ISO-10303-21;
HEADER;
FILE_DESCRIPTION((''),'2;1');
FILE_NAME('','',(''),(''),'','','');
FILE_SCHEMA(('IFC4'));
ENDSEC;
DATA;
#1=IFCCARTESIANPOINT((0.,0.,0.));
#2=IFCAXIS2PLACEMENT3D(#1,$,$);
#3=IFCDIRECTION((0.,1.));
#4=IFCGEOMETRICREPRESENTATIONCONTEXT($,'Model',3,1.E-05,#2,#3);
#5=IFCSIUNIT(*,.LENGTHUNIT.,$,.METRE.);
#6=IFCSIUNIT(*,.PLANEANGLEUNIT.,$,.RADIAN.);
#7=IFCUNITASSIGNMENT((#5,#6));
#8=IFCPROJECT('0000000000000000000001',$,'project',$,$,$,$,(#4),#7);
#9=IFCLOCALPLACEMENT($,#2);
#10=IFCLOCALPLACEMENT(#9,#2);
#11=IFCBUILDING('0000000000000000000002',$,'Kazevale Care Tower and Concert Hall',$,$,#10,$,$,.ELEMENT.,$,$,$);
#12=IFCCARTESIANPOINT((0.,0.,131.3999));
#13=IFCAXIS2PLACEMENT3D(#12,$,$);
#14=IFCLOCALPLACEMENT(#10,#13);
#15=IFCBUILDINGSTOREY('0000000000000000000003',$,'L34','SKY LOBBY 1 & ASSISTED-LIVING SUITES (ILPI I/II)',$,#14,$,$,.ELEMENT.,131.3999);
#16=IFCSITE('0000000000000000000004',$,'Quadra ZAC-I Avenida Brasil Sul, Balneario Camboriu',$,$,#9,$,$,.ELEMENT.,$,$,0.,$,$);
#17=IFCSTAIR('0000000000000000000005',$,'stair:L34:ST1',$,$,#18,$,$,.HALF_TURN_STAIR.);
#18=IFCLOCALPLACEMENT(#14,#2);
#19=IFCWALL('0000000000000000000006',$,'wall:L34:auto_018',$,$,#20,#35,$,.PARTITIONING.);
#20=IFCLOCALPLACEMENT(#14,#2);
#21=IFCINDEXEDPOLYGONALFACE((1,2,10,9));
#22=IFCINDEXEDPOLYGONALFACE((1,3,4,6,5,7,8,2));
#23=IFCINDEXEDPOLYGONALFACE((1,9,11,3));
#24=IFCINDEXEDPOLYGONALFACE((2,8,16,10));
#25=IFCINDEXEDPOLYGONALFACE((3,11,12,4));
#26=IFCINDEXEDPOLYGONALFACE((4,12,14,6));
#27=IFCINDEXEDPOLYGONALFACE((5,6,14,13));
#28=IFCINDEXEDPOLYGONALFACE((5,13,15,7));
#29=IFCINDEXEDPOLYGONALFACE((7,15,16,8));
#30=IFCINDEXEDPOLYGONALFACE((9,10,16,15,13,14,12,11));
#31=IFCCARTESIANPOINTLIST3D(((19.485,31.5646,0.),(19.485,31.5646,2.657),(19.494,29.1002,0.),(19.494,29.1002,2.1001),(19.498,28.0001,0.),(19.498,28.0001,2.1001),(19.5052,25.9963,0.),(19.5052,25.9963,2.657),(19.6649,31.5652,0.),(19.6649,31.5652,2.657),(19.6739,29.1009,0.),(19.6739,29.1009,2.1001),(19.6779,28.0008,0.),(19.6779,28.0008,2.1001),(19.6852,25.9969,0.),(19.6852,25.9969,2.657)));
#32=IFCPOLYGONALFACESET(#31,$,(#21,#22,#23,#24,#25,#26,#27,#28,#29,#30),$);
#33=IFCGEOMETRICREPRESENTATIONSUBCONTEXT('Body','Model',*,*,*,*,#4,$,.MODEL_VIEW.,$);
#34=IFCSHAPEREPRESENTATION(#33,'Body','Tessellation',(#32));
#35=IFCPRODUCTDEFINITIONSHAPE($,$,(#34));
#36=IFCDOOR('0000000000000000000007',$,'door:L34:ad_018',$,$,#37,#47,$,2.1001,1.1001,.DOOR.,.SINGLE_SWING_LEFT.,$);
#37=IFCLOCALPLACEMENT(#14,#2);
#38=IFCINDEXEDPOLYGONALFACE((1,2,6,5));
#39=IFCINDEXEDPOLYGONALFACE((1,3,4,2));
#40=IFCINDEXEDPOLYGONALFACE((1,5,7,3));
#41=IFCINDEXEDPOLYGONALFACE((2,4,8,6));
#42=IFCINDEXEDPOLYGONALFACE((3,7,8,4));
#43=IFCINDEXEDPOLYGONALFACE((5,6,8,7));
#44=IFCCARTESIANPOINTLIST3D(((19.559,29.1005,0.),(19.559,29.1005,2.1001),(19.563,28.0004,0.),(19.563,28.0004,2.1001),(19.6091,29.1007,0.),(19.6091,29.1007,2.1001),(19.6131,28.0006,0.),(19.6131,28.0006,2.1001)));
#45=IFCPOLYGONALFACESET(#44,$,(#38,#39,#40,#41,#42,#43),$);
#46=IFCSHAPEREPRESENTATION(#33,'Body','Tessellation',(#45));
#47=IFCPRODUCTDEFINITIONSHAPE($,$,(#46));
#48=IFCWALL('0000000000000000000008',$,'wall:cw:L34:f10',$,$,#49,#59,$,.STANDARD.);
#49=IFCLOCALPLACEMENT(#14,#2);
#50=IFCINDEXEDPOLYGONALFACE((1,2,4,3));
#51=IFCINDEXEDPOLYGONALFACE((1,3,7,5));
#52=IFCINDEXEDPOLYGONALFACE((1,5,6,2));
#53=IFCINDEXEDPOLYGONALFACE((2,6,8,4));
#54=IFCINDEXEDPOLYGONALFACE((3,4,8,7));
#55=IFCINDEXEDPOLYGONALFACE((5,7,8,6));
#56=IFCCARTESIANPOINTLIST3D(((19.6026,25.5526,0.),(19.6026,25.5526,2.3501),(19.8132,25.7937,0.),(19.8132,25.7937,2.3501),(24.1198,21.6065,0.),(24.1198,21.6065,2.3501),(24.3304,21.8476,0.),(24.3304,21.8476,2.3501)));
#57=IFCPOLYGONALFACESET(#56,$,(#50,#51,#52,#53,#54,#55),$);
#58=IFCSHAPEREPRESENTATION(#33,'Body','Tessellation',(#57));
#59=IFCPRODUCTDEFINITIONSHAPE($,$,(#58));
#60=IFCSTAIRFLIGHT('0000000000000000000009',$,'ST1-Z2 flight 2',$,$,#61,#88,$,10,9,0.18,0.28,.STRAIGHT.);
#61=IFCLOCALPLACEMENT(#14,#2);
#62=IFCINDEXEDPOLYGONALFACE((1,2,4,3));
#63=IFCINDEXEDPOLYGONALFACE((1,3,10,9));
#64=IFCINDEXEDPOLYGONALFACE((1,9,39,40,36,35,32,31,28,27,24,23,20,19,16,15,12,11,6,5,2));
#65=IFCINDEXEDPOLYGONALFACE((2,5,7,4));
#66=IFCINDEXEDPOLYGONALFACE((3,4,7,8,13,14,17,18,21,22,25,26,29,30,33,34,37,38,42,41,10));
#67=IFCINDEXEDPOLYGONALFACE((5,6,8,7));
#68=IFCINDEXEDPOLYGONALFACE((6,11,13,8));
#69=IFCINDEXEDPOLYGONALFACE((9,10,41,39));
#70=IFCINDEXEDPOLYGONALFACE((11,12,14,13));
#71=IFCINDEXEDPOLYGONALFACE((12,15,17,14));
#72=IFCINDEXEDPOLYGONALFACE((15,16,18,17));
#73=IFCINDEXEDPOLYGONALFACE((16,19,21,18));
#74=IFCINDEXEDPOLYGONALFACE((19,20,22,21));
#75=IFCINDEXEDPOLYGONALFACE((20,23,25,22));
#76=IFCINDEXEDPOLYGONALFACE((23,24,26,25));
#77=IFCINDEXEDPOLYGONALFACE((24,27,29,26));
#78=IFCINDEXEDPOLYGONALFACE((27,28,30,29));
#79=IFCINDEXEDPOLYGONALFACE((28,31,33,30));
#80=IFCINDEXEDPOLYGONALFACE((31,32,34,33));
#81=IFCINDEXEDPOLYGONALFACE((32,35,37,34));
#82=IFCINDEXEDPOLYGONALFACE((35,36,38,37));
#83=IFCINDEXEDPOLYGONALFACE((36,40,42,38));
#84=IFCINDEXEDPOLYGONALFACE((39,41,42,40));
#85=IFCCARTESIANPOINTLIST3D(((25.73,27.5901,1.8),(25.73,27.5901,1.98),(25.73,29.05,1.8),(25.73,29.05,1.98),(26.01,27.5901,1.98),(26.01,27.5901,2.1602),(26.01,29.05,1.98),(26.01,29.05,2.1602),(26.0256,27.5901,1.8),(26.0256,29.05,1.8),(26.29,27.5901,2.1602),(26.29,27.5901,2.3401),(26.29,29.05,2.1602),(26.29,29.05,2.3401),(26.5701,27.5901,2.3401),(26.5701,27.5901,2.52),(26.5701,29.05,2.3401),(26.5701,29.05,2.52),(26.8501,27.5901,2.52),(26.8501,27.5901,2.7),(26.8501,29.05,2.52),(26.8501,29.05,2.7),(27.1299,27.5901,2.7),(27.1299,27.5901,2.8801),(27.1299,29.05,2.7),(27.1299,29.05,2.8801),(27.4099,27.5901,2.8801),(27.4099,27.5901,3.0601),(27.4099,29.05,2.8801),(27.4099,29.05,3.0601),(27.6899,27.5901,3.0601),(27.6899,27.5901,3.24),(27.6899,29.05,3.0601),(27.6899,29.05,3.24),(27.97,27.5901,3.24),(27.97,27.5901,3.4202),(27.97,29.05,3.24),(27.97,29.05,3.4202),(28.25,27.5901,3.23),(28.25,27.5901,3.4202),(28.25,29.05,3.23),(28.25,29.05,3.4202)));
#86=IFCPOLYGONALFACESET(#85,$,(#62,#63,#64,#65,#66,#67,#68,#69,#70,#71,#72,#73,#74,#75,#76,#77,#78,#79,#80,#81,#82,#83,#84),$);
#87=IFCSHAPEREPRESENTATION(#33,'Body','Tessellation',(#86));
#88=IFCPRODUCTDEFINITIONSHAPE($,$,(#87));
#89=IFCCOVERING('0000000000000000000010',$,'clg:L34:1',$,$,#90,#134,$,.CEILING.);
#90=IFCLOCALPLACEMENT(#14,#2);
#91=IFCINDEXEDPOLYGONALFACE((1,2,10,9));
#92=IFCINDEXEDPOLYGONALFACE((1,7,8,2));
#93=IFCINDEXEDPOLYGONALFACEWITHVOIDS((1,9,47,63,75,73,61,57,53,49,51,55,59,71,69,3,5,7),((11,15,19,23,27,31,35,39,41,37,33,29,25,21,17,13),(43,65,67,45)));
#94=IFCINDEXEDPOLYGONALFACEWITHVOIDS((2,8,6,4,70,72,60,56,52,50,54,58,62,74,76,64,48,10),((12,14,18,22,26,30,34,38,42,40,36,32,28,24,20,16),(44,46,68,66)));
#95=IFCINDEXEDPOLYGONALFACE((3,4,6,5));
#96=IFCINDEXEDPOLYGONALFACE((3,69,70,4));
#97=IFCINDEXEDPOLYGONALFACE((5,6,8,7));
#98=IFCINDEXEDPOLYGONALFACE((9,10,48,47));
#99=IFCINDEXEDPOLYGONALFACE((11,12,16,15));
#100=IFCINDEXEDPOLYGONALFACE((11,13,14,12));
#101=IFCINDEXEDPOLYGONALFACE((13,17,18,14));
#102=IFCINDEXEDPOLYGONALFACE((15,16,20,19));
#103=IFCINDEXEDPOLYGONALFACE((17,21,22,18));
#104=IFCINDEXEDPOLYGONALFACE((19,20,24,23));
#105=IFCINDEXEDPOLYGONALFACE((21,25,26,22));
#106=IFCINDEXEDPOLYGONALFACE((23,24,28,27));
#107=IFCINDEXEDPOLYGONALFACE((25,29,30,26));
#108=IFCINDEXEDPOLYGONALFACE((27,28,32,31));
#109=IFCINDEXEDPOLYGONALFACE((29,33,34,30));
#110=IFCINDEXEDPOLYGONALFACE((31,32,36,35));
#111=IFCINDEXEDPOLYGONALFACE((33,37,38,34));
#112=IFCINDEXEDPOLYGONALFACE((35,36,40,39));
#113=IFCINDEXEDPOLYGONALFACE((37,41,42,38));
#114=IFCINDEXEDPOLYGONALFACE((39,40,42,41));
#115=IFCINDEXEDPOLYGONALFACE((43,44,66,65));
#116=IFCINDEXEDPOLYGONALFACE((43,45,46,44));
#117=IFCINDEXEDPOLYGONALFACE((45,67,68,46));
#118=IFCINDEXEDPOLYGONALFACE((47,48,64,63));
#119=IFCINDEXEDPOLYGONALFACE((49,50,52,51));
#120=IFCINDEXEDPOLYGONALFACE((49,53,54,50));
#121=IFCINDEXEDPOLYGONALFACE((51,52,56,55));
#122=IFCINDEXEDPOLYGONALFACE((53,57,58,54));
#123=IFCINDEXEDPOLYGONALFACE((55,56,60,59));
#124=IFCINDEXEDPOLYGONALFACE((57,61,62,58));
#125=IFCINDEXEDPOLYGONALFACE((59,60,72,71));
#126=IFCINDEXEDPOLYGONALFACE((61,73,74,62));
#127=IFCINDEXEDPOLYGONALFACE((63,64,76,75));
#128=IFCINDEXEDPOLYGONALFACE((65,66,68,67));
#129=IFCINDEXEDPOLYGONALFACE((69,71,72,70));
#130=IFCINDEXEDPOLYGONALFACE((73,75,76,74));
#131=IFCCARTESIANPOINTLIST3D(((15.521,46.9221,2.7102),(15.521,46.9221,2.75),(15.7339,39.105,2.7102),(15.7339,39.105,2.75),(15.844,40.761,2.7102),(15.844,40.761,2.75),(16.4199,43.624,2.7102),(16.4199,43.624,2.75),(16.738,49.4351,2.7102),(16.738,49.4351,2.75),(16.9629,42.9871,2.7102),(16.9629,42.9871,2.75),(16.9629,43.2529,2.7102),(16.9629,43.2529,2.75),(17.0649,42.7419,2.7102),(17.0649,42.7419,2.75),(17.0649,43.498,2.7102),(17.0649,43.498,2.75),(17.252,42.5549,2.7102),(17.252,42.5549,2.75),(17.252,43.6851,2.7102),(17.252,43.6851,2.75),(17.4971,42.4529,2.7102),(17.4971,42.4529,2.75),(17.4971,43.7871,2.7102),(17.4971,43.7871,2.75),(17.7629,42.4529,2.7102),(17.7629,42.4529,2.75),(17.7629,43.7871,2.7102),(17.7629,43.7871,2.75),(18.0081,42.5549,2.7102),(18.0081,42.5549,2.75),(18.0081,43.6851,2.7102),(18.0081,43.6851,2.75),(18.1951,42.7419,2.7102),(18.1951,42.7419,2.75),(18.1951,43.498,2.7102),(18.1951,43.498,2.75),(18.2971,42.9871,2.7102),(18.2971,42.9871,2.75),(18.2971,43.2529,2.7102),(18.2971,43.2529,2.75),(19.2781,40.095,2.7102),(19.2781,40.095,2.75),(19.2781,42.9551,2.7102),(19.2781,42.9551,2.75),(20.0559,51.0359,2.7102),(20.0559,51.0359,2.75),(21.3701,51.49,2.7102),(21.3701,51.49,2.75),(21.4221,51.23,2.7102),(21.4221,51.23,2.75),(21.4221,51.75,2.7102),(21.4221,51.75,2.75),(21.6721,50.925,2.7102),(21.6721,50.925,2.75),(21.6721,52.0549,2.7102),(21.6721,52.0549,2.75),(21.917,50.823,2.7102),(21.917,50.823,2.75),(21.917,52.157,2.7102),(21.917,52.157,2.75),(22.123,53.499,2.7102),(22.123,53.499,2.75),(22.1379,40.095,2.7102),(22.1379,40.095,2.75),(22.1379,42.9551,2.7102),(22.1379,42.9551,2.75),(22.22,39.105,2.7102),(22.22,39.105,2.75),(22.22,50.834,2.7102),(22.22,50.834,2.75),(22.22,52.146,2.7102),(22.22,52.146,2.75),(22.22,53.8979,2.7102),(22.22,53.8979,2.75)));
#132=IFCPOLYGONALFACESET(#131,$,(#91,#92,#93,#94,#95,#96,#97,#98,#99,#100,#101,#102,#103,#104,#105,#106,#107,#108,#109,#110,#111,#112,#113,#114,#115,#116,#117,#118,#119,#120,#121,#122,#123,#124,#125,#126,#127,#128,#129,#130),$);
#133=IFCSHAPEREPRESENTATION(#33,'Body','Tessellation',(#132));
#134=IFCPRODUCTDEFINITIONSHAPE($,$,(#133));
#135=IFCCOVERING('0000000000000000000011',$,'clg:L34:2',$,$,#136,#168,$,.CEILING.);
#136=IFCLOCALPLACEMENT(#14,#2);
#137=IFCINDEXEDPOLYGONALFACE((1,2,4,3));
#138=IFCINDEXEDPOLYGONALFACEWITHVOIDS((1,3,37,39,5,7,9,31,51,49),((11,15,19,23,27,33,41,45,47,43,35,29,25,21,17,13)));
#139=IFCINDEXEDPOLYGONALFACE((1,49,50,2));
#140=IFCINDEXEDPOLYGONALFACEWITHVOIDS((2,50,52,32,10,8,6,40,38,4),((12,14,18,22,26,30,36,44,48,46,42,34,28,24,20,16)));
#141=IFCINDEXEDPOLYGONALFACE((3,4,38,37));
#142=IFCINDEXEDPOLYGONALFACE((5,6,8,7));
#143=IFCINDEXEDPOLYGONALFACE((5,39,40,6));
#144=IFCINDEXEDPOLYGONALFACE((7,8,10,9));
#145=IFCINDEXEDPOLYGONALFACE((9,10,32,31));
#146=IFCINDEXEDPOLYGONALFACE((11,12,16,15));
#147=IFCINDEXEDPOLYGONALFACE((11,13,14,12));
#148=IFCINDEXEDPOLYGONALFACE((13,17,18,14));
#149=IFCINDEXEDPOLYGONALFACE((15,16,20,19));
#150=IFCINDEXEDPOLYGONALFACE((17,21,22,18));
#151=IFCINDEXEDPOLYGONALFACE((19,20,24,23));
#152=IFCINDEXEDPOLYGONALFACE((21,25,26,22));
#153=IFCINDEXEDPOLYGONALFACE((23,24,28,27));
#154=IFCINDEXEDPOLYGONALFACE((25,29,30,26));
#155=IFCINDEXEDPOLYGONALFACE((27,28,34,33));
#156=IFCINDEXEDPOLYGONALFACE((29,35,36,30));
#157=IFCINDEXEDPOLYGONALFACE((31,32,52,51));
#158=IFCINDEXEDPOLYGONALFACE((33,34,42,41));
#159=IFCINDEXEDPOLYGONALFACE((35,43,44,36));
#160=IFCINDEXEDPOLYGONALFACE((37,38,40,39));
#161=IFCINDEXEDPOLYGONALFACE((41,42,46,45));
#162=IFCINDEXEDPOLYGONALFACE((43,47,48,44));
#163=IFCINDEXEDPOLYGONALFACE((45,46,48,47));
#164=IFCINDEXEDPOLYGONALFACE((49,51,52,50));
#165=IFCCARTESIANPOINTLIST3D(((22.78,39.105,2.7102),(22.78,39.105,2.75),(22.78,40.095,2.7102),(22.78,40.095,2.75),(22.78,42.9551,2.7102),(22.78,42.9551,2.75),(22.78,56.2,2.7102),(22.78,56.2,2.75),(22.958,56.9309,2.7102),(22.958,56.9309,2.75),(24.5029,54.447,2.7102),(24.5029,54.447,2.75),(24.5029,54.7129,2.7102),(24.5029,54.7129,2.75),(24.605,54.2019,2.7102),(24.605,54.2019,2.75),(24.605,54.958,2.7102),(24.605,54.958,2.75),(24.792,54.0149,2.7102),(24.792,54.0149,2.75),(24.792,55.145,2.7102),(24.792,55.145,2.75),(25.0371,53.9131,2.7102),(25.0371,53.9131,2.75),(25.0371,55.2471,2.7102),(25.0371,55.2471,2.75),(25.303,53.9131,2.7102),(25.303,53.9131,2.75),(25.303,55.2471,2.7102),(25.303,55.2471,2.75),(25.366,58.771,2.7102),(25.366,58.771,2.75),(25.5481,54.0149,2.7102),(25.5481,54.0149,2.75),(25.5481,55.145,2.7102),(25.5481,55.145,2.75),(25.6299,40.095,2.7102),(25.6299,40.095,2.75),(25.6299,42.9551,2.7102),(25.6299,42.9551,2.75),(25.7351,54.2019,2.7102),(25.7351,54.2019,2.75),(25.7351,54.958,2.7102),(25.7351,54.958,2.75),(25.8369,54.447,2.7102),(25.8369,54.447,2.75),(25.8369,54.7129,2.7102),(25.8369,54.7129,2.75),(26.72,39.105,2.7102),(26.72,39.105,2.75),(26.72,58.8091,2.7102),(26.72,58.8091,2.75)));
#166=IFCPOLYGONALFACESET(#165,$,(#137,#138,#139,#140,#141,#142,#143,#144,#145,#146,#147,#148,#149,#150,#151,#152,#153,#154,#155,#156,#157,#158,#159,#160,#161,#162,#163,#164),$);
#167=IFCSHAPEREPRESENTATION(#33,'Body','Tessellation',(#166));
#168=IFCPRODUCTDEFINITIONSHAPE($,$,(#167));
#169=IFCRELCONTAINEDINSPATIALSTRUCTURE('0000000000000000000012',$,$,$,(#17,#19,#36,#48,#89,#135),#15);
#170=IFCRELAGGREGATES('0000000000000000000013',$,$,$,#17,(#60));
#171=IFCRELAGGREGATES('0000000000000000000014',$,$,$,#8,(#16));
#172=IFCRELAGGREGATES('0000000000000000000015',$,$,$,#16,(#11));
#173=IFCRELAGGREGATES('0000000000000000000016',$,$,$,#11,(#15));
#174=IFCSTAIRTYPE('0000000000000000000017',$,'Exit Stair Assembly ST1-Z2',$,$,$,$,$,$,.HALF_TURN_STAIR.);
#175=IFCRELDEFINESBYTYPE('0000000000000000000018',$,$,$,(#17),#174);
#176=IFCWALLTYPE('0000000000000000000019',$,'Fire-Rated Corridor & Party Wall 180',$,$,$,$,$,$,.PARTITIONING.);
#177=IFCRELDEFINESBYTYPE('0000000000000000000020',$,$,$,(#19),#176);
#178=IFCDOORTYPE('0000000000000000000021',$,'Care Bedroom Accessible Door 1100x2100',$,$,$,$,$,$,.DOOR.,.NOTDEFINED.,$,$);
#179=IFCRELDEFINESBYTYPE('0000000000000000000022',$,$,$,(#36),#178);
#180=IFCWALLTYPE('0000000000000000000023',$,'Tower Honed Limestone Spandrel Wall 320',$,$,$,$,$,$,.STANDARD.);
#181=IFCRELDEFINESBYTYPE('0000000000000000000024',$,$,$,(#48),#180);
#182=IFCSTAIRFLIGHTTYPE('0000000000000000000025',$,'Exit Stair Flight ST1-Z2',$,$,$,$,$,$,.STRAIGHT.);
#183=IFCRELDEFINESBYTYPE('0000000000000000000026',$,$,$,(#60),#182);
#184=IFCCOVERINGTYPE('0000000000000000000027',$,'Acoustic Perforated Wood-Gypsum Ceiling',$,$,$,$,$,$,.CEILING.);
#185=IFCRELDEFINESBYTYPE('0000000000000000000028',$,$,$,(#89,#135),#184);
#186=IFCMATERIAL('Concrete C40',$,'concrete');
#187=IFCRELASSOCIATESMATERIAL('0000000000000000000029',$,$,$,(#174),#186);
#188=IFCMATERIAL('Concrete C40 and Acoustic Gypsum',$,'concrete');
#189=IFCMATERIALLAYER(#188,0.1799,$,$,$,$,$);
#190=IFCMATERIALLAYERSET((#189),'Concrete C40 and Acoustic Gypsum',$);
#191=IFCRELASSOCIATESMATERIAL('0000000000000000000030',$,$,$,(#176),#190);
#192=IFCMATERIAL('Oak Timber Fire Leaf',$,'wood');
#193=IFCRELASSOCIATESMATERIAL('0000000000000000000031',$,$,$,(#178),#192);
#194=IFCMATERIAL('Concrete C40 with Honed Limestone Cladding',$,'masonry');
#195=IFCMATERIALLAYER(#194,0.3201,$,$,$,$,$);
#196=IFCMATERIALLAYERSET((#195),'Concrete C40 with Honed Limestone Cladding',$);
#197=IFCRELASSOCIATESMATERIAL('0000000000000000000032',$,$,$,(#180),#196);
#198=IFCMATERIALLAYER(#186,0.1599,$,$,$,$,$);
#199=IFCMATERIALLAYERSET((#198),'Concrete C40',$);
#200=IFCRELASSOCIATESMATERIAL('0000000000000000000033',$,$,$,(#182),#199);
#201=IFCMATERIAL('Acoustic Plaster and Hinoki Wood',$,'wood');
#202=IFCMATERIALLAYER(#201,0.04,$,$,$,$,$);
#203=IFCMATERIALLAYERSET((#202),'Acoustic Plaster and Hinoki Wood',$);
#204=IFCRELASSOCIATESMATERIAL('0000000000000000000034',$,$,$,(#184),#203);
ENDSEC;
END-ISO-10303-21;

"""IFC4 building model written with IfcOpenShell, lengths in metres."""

from ifc_helpers import new_model, si_unit, direction, frame, frame_2d, origin, place, context, subcontext, project, spatial, polyline, rectangle, outline, extrude, material, layer, layer_set, type_object, element, fill, aggregate, save


model = new_model("IFC4")

# Units and contexts
model_context = context("Model", 3, precision=1e-05, world=origin(), true_north=direction((0.0, 1.0)))
body_context = subcontext(model_context, "Body", "Model", "MODEL_VIEW")
ifc_project = project(units=[si_unit("LENGTHUNIT", "METRE"), si_unit("PLANEANGLEUNIT", "RADIAN")], contexts=[model_context])

# Site, building, storey
site_placement = place(None, origin())
site = spatial("IfcSite", under=ifc_project, at=site_placement, Name="Quadra ZAC-I Avenida Brasil Sul, Balneario Camboriu", CompositionType="ELEMENT", RefElevation=0.0)
building_placement = place(site_placement, origin())
building = spatial("IfcBuilding", under=site, at=building_placement, Name="Kazevale Care Tower and Concert Hall", CompositionType="ELEMENT")
storey_placement = place(building_placement, frame((0.0, 0.0, 131.3999)))
storey = spatial("IfcBuildingStorey", under=building, at=storey_placement, Name="L34", Description="SKY LOBBY 1 & ASSISTED-LIVING SUITES (ILPI I/II)", CompositionType="ELEMENT", Elevation=131.3999)

# Shared definitions
ifc_material_1 = material(Name="Concrete C40", Category="concrete")

# Stair
stair_type = type_object("IfcStairType", Name="Exit Stair Assembly ST1-Z2", PredefinedType="HALF_TURN_STAIR", material=ifc_material_1)
stair_1_placement = place(storey_placement, origin())
stair_1 = element("IfcStair", 1, at=stair_1_placement, inside=storey, type_object=stair_type, Name="stair:L34:ST1", PredefinedType="HALF_TURN_STAIR")

# Wall, opening, door
ifc_material_2 = material(Name="Concrete C40 and Acoustic Gypsum", Category="concrete")
ifc_layer_1 = layer(ifc_material_2, 0.1799)
ifc_layer_set_1 = layer_set([ifc_layer_1], Name="Concrete C40 and Acoustic Gypsum")
wall_type_1 = type_object("IfcWallType", Name="Fire-Rated Corridor & Party Wall 180", PredefinedType="PARTITIONING", material=ifc_layer_set_1)
wall_1_placement = place(storey_placement, frame((19.5952, 25.9966, 0.0), z_axis=(0.0, 0.0, 1.0), x_axis=(-0.003639, 0.999993, 0.0)))
wall_1 = element("IfcWall", 2, at=wall_1_placement, inside=storey, type_object=wall_type_1, Name="wall:L34:auto_018", PredefinedType="PARTITIONING", context=body_context, shape_type="SweptSolid", body=[
    extrude(rectangle(XDim=5.5684, YDim=0.1799, at=frame_2d((2.7842, 0.0))), origin(), (0.0, 0.0, 1.0), 2.657),
])
opening_1_placement = place(wall_1_placement, frame((2.0039, 0.0, 0.0)))
opening_1 = element("IfcOpeningElement", 3, at=opening_1_placement, cuts=wall_1, PredefinedType="OPENING", context=body_context, shape_type="SweptSolid", body=[
    extrude(rectangle(XDim=1.1001, YDim=2.1001, at=frame_2d((0.55, 1.05))), frame((0.0, 0.0999, 0.0), z_axis=(0.0, -1.0, 0.0), x_axis=(1.0, 0.0, 0.0)), (0.0, 0.0, 1.0), 0.2),
])
ifc_material_3 = material(Name="Oak Timber Fire Leaf", Category="wood")
door_type_1 = type_object("IfcDoorType", Name="Care Bedroom Accessible Door 1100x2100", OperationType="NOTDEFINED", PredefinedType="DOOR", material=ifc_material_3)
door_1_placement = place(opening_1_placement, origin())
door_1 = element("IfcDoor", 4, at=door_1_placement, inside=storey, type_object=door_type_1, Name="door:L34:ad_018", OperationType="SINGLE_SWING_LEFT", OverallHeight=2.1001, OverallWidth=1.1001, PredefinedType="DOOR", context=body_context, shape_type="SweptSolid", body=[
    extrude(rectangle(XDim=1.1001, YDim=2.1001, at=frame_2d((0.55, 1.05))), frame((0.0, 0.0249, 0.0), z_axis=(0.0, -1.0, 0.0), x_axis=(1.0, 0.0, 0.0)), (0.0, 0.0, 1.0), 0.05),
])
fill(opening_1, door_1)

# Wall
ifc_material_4 = material(Name="Concrete C40 with Honed Limestone Cladding", Category="masonry")
ifc_layer_2 = layer(ifc_material_4, 0.3201)
ifc_layer_set_2 = layer_set([ifc_layer_2], Name="Concrete C40 with Honed Limestone Cladding")
wall_type_2 = type_object("IfcWallType", Name="Tower Honed Limestone Spandrel Wall 320", PredefinedType="STANDARD", material=ifc_layer_set_2)
wall_2_placement = place(storey_placement, frame((24.2251, 21.7271, 0.0), z_axis=(0.0, 0.0, 1.0), x_axis=(-0.753106, 0.657899, 0.0)))
element("IfcWall", 5, at=wall_2_placement, inside=storey, type_object=wall_type_2, Name="wall:cw:L34:f10", PredefinedType="STANDARD", context=body_context, shape_type="SweptSolid", body=[
    extrude(rectangle(XDim=5.998, YDim=0.3201, at=frame_2d((2.999, 0.0))), origin(), (0.0, 0.0, 1.0), 2.3501),
])

# Stair flight
ifc_layer_3 = layer(ifc_material_1, 0.1599)
ifc_layer_set_3 = layer_set([ifc_layer_3], Name="Concrete C40")
stair_flight_type = type_object("IfcStairFlightType", Name="Exit Stair Flight ST1-Z2", PredefinedType="STRAIGHT", material=ifc_layer_set_3)
stair_flight_placement = place(storey_placement, frame((25.73, 28.3201, 1.8), z_axis=(0.0, 0.0, 1.0), x_axis=(1.0, 0.0, 0.0)))
stair_flight = element("IfcStairFlight", 6, at=stair_flight_placement, type_object=stair_flight_type, Name="ST1-Z2 flight 2", NumberOfRisers=10, NumberOfTreads=9, PredefinedType="STRAIGHT", RiserHeight=0.18, TreadLength=0.28, context=body_context, shape_type="SweptSolid", body=[
    extrude(outline(polyline([(0.0, 0.0), (0.0, 0.1799), (0.28, 0.1799), (0.28, 0.3601), (0.5601, 0.3601), (0.5601, 0.54), (0.8401, 0.54), (0.8401, 0.72), (1.1201, 0.72), (1.1201, 0.8999), (1.3999, 0.8999), (1.3999, 1.0801), (1.6799, 1.0801), (1.6799, 1.26), (1.96, 1.26), (1.96, 1.4399), (2.24, 1.4399), (2.24, 1.6201), (2.52, 1.6201), (2.52, 1.8), (2.52, 1.4299), (0.2957, 0.0), (0.0, 0.0)])), frame((0.0, 0.73, 0.0), z_axis=(0.0, -1.0, 0.0), x_axis=(1.0, 0.0, 0.0)), (0.0, 0.0, 1.0), 1.46),
])
aggregate(stair_1, [stair_flight])

# Coverings
ifc_material_5 = material(Name="Acoustic Plaster and Hinoki Wood", Category="wood")
ifc_layer_4 = layer(ifc_material_5, 0.04)
ifc_layer_set_4 = layer_set([ifc_layer_4], Name="Acoustic Plaster and Hinoki Wood")
covering_type = type_object("IfcCoveringType", Name="Acoustic Perforated Wood-Gypsum Ceiling", PredefinedType="CEILING", material=ifc_layer_set_4)
covering_1_placement = place(storey_placement, frame((0.0, 0.0, 2.7102)))
element("IfcCovering", 7, at=covering_1_placement, inside=storey, type_object=covering_type, Name="clg:L34:1", PredefinedType="CEILING", context=body_context, shape_type="SweptSolid", body=[
    extrude(outline(polyline([(15.521, 46.9221), (16.738, 49.4351), (20.0559, 51.0359), (22.123, 53.499), (22.22, 53.8979), (22.22, 52.146), (21.917, 52.157), (21.6721, 52.0549), (21.4221, 51.75), (21.3701, 51.49), (21.4221, 51.23), (21.6721, 50.925), (21.917, 50.823), (22.22, 50.834), (22.22, 39.105), (15.7339, 39.105), (15.844, 40.761), (16.4199, 43.624), (15.521, 46.9221)]), holes=[polyline([(19.2781, 40.095), (22.1379, 40.095), (22.1379, 42.9551), (19.2781, 42.9551), (19.2781, 40.095)]), polyline([(18.2971, 43.2529), (18.1951, 43.498), (18.0081, 43.6851), (17.7629, 43.7871), (17.4971, 43.7871), (17.252, 43.6851), (17.0649, 43.498), (16.9629, 43.2529), (16.9629, 42.9871), (17.0649, 42.7419), (17.252, 42.5549), (17.4971, 42.4529), (17.7629, 42.4529), (18.0081, 42.5549), (18.1951, 42.7419), (18.2971, 42.9871), (18.2971, 43.2529)])]), origin(), (0.0, 0.0, 1.0), 0.0398),
])
covering_2_placement = place(storey_placement, frame((0.0, 0.0, 2.7102)))
element("IfcCovering", 8, at=covering_2_placement, inside=storey, type_object=covering_type, Name="clg:L34:2", PredefinedType="CEILING", context=body_context, shape_type="SweptSolid", body=[
    extrude(outline(polyline([(25.6299, 40.095), (25.6299, 42.9551), (22.78, 42.9551), (22.78, 56.2), (22.958, 56.9309), (25.366, 58.771), (26.72, 58.8091), (26.72, 39.105), (22.78, 39.105), (22.78, 40.095), (25.6299, 40.095)]), holes=[polyline([(25.8369, 54.7129), (25.7351, 54.958), (25.5481, 55.145), (25.303, 55.2471), (25.0371, 55.2471), (24.792, 55.145), (24.605, 54.958), (24.5029, 54.7129), (24.5029, 54.447), (24.605, 54.2019), (24.792, 54.0149), (25.0371, 53.9131), (25.303, 53.9131), (25.5481, 54.0149), (25.7351, 54.2019), (25.8369, 54.447), (25.8369, 54.7129)])]), origin(), (0.0, 0.0, 1.0), 0.0398),
])

save(model, "model.ifc")
